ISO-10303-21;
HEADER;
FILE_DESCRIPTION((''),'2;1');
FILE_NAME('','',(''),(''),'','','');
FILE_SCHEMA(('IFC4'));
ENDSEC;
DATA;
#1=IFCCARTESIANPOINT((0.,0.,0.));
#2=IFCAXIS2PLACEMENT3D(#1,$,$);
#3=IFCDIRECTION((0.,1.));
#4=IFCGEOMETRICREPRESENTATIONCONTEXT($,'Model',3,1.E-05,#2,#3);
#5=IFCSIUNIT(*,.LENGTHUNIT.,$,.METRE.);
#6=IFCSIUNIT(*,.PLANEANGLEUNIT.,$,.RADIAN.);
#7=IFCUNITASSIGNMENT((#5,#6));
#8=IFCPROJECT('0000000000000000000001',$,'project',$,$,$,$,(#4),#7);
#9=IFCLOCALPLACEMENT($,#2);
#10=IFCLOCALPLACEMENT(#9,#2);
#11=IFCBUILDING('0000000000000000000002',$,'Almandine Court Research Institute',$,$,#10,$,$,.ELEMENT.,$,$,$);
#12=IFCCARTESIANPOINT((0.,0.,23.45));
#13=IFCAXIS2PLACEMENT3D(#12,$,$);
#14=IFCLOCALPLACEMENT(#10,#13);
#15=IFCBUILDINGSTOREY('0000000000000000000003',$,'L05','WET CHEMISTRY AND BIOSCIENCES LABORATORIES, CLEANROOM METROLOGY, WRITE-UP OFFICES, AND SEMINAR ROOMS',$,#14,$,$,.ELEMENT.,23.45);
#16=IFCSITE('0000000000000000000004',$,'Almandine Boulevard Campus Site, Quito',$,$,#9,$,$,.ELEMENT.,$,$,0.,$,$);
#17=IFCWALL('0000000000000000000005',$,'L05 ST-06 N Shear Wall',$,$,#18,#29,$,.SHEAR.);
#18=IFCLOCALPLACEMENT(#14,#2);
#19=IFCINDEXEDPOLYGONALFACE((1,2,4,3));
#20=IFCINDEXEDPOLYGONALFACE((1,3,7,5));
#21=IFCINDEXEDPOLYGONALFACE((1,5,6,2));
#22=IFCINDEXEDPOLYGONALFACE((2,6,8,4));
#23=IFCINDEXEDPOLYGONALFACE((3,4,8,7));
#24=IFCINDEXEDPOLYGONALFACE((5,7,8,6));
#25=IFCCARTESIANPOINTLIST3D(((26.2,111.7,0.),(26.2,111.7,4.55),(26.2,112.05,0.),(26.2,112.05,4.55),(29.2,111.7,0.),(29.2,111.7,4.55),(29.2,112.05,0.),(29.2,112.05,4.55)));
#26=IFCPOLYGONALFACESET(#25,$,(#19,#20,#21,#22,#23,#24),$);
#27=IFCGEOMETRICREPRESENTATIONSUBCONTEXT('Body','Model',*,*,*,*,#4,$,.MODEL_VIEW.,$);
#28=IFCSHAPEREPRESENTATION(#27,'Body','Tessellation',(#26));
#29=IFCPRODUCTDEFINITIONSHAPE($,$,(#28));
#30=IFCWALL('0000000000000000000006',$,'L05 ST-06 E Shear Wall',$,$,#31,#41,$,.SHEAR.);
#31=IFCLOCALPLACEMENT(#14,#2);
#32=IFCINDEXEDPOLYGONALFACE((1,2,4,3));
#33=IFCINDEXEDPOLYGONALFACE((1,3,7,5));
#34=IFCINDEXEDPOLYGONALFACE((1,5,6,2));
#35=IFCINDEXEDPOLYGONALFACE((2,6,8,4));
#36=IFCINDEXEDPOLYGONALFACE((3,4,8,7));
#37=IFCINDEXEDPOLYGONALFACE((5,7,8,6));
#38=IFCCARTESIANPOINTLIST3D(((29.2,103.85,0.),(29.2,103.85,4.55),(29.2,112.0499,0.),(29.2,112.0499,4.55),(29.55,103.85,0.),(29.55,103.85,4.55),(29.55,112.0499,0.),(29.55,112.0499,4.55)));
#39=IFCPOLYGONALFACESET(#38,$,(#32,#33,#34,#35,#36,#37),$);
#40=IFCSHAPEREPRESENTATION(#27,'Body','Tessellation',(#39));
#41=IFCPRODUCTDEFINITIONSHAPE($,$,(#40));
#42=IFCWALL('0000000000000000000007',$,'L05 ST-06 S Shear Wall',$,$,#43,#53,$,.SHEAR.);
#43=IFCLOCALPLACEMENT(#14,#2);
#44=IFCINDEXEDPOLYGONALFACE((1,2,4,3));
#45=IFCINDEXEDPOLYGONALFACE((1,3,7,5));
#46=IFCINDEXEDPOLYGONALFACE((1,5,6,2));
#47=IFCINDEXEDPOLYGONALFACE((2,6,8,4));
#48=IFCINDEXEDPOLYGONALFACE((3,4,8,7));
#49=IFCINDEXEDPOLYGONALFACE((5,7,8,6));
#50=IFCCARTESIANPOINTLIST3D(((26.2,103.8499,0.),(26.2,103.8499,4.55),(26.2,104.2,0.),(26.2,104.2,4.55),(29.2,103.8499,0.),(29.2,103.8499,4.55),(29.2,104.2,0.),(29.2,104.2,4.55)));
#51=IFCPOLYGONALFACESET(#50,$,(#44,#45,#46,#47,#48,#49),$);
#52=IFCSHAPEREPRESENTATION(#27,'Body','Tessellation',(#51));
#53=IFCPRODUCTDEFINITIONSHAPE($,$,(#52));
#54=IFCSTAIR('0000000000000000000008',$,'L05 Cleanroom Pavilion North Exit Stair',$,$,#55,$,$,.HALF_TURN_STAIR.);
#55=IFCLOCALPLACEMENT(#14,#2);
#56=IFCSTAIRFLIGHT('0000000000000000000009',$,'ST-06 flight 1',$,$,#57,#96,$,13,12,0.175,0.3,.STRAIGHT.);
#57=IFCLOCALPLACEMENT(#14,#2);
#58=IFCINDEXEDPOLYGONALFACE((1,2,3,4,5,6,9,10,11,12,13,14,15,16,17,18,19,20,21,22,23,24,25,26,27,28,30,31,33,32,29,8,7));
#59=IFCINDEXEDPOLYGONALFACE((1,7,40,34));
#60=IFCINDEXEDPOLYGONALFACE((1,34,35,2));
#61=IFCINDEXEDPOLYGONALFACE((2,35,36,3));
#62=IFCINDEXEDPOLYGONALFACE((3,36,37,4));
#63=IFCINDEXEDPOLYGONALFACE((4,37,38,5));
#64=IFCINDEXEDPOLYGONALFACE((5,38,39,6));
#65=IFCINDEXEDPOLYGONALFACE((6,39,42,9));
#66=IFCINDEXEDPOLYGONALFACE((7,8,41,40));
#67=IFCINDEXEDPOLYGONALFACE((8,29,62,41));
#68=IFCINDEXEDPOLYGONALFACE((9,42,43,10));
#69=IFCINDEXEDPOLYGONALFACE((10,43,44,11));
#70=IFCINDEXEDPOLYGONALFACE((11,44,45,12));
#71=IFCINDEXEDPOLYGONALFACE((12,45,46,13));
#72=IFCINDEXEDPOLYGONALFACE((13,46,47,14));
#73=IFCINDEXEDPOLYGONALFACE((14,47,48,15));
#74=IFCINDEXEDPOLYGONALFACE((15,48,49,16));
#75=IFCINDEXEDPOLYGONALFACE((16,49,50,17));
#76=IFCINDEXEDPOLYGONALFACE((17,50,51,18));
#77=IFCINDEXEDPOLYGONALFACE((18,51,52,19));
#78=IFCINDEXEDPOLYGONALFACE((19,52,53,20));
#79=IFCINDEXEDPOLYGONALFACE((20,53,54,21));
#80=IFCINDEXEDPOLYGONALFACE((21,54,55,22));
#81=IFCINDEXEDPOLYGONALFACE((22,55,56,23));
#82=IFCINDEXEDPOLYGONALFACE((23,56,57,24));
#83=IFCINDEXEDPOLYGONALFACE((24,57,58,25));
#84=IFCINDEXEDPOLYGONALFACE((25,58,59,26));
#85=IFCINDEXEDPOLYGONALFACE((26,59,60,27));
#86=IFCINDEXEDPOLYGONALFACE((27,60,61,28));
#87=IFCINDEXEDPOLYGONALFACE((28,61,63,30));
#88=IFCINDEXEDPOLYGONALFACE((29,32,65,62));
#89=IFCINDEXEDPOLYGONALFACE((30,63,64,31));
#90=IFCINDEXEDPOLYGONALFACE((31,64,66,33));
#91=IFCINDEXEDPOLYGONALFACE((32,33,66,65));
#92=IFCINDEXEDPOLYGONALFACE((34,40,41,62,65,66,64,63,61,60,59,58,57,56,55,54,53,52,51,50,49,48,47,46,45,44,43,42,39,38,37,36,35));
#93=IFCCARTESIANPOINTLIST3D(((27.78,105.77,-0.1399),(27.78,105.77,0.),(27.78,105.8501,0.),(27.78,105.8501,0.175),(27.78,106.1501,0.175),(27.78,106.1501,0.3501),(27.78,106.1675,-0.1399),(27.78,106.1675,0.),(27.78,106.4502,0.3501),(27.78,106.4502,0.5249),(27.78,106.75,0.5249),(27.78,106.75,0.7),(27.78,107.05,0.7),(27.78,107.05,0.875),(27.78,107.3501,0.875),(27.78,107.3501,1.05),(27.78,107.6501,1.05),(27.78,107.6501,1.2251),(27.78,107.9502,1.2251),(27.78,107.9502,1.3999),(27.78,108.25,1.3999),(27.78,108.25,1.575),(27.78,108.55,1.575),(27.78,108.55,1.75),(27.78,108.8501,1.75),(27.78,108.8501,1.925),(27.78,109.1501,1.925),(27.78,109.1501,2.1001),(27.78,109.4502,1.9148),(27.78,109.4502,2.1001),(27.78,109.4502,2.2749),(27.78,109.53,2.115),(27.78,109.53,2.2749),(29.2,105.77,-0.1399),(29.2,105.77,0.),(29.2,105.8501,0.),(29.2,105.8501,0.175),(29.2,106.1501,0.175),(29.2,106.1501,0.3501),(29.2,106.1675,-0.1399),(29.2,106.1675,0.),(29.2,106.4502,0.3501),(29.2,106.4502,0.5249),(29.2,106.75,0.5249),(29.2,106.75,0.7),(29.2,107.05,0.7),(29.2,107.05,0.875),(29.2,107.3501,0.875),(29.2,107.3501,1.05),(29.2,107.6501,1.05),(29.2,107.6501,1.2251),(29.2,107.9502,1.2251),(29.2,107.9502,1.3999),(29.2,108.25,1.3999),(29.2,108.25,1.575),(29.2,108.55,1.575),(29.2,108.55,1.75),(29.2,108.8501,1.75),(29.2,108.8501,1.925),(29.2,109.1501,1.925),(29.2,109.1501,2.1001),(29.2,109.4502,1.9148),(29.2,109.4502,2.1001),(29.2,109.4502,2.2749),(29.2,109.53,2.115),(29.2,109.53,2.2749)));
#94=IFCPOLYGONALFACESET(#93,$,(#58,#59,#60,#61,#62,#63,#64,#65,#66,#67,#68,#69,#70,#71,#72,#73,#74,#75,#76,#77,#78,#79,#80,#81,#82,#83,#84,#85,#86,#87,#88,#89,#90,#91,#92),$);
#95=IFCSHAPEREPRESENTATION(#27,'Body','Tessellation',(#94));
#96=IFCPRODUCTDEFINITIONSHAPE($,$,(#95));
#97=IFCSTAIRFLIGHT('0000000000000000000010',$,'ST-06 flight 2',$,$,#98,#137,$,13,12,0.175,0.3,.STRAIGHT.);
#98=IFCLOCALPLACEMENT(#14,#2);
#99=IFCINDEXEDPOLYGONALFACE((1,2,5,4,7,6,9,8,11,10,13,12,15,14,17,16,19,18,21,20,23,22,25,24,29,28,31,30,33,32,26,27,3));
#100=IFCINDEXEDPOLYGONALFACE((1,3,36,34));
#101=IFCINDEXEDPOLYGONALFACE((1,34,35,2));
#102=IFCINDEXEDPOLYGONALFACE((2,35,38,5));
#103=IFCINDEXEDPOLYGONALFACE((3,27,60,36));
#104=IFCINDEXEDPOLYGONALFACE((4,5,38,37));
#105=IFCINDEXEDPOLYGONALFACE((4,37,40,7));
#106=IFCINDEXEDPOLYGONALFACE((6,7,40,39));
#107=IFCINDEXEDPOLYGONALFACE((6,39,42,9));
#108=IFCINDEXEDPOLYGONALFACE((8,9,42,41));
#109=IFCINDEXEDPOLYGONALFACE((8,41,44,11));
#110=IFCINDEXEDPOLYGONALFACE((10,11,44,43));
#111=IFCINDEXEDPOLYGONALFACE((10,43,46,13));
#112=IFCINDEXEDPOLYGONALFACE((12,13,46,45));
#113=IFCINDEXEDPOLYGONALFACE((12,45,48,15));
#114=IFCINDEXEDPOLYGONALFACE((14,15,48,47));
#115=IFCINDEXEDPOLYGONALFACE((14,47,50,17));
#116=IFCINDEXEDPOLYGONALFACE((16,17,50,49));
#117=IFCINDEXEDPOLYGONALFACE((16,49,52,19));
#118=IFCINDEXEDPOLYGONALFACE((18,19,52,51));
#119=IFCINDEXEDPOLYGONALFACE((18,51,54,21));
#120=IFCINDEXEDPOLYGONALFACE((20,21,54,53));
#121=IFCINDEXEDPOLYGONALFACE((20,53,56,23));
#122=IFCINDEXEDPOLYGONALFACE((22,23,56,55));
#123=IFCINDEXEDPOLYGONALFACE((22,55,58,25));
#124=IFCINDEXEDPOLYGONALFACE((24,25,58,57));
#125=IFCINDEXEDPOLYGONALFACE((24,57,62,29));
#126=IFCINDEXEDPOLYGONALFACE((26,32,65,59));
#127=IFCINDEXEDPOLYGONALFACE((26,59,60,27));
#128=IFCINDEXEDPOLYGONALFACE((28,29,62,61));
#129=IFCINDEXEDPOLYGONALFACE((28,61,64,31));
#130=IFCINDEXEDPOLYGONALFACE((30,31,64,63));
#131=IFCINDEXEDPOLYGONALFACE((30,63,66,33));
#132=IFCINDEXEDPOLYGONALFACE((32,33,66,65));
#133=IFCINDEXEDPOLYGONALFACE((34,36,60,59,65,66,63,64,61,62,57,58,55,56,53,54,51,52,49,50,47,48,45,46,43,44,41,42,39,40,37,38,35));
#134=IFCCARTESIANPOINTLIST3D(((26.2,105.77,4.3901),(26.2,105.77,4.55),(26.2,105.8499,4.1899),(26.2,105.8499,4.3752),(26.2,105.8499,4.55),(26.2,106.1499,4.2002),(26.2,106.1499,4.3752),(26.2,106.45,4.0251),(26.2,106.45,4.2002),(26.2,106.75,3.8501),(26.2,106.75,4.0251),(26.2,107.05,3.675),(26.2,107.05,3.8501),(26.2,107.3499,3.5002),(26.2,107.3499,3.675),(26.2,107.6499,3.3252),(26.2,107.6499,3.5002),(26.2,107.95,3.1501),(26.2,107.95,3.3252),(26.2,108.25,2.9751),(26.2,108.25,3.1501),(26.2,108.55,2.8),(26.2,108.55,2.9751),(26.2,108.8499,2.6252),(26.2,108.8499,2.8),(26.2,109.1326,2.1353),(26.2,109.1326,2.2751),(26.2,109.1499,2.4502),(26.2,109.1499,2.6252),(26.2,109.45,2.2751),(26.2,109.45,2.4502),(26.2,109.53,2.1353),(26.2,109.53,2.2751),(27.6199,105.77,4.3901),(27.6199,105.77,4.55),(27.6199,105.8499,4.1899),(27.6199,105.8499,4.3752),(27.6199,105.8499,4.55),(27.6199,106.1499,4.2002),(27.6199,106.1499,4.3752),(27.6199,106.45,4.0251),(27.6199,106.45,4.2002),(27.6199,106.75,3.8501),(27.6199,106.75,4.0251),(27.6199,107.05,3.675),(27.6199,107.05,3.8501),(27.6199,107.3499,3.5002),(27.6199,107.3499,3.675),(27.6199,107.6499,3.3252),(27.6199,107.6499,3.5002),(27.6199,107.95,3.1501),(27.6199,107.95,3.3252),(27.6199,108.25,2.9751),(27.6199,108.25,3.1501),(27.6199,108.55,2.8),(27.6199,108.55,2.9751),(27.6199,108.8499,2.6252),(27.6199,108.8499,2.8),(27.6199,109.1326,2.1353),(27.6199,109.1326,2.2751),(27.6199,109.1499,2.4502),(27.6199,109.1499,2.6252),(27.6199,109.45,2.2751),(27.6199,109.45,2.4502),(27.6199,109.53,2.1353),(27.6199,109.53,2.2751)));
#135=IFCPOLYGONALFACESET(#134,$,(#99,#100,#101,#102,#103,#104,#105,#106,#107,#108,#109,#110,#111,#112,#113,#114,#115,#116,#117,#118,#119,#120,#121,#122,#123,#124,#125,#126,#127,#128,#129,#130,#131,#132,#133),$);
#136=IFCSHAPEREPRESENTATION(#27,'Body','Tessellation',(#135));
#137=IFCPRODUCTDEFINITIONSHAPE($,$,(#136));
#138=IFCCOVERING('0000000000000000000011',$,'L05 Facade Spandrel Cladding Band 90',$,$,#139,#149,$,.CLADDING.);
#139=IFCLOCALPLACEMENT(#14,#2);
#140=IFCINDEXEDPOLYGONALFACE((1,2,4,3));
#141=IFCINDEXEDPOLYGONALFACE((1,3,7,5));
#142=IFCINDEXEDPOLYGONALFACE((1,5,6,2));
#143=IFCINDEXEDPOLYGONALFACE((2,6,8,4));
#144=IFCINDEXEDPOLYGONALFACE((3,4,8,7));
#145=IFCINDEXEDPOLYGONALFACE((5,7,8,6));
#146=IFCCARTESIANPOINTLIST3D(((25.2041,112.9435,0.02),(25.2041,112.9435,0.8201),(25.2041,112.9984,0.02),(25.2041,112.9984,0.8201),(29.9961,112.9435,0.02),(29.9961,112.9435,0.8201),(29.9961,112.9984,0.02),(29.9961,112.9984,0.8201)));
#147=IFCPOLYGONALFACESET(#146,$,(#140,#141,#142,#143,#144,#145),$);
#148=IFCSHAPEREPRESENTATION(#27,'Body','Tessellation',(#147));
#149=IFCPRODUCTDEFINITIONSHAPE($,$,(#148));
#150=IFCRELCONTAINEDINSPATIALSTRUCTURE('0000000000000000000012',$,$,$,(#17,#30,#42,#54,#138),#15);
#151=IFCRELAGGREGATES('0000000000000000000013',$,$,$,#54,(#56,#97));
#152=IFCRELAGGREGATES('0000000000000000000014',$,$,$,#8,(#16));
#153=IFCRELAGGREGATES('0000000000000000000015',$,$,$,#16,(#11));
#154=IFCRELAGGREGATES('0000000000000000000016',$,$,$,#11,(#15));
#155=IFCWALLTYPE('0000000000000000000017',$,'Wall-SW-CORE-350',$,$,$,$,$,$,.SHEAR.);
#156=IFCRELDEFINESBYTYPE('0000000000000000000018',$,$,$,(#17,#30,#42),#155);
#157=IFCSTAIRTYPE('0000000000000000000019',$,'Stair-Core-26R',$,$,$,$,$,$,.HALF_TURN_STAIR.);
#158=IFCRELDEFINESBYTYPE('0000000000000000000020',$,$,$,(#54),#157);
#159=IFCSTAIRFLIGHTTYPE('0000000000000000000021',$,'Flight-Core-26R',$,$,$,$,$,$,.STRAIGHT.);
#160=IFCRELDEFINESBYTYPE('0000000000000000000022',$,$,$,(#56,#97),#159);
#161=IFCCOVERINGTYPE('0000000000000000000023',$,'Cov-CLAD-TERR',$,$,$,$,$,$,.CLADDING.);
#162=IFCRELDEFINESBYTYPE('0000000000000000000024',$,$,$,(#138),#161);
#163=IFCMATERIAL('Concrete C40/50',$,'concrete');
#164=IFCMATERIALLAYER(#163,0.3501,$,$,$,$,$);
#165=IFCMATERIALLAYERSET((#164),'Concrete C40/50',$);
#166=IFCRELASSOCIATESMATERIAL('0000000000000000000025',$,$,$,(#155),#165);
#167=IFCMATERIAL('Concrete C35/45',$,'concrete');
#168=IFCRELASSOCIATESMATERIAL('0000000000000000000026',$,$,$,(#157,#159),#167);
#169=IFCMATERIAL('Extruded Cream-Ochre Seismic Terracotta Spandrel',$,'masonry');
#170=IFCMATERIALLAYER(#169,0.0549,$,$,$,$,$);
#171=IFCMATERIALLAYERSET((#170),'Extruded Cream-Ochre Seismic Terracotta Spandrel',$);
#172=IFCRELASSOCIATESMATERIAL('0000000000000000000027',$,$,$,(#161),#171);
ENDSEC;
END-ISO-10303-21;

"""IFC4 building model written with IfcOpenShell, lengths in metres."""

from ifc_helpers import new_model, si_unit, direction, frame, frame_2d, origin, origin_2d, place, context, subcontext, project, spatial, polyline, rectangle, outline, extrude, material, layer, layer_set, type_object, element, aggregate, save


model = new_model("IFC4")

# Units and contexts
model_context = context("Model", 3, precision=1e-05, world=origin(), true_north=direction((0.0, 1.0)))
body_context = subcontext(model_context, "Body", "Model", "MODEL_VIEW")
ifc_project = project(units=[si_unit("LENGTHUNIT", "METRE"), si_unit("PLANEANGLEUNIT", "RADIAN")], contexts=[model_context])

# Site, building, storey
site_placement = place(None, origin())
site = spatial("IfcSite", under=ifc_project, at=site_placement, Name="Almandine Boulevard Campus Site, Quito", CompositionType="ELEMENT", RefElevation=0.0)
building_placement = place(site_placement, origin())
building = spatial("IfcBuilding", under=site, at=building_placement, Name="Almandine Court Research Institute", CompositionType="ELEMENT")
storey_placement = place(building_placement, frame((0.0, 0.0, 23.45)))
storey = spatial("IfcBuildingStorey", under=building, at=storey_placement, Name="L05", Description="WET CHEMISTRY AND BIOSCIENCES LABORATORIES, CLEANROOM METROLOGY, WRITE-UP OFFICES, AND SEMINAR ROOMS", CompositionType="ELEMENT", Elevation=23.45)

# Walls
ifc_material_1 = material(Name="Concrete C40/50", Category="concrete")
ifc_layer_1 = layer(ifc_material_1, 0.3501)
ifc_layer_set_1 = layer_set([ifc_layer_1], Name="Concrete C40/50")
wall_type_1 = type_object("IfcWallType", Name="Wall-SW-CORE-350", PredefinedType="SHEAR", material=ifc_layer_set_1)
wall_1_placement = place(storey_placement, frame((26.2, 111.875, 0.0), z_axis=(0.0, 0.0, 1.0), x_axis=(1.0, 0.0, 0.0)))
element("IfcWall", 1, at=wall_1_placement, inside=storey, type_object=wall_type_1, Name="L05 ST-06 N Shear Wall", PredefinedType="SHEAR", context=body_context, shape_type="SweptSolid", body=[
    extrude(rectangle(XDim=3.0, YDim=0.3501, at=frame_2d((1.5, 0.0))), origin(), (0.0, 0.0, 1.0), 4.55),
])
wall_2_placement = place(storey_placement, frame((29.375, 112.05, 0.0), z_axis=(0.0, 0.0, 1.0), x_axis=(0.0, -1.0, 0.0)))
element("IfcWall", 2, at=wall_2_placement, inside=storey, type_object=wall_type_1, Name="L05 ST-06 E Shear Wall", PredefinedType="SHEAR", context=body_context, shape_type="SweptSolid", body=[
    extrude(rectangle(XDim=8.2, YDim=0.3501, at=frame_2d((4.1001, 0.0))), origin(), (0.0, 0.0, 1.0), 4.55),
])
wall_3_placement = place(storey_placement, frame((29.2, 104.0249, 0.0), z_axis=(0.0, 0.0, 1.0), x_axis=(-1.0, 0.0, 0.0)))
element("IfcWall", 3, at=wall_3_placement, inside=storey, type_object=wall_type_1, Name="L05 ST-06 S Shear Wall", PredefinedType="SHEAR", context=body_context, shape_type="SweptSolid", body=[
    extrude(rectangle(XDim=3.0, YDim=0.3501, at=frame_2d((1.5, 0.0))), origin(), (0.0, 0.0, 1.0), 4.55),
])

# Stair, stair flights
ifc_material_2 = material(Name="Concrete C35/45", Category="concrete")
stair_type = type_object("IfcStairType", Name="Stair-Core-26R", PredefinedType="HALF_TURN_STAIR", material=ifc_material_2)
stair_placement = place(storey_placement, origin())
stair = element("IfcStair", 4, at=stair_placement, inside=storey, type_object=stair_type, Name="L05 Cleanroom Pavilion North Exit Stair", PredefinedType="HALF_TURN_STAIR")
stair_flight_type = type_object("IfcStairFlightType", Name="Flight-Core-26R", PredefinedType="STRAIGHT", material=ifc_material_2)
stair_flight_1_placement = place(storey_placement, frame((28.49, 105.8501, 0.0), z_axis=(0.0, 0.0, 1.0), x_axis=(0.0, 1.0, 0.0)))
stair_flight_1 = element("IfcStairFlight", 5, at=stair_flight_1_placement, type_object=stair_flight_type, Name="ST-06 flight 1", NumberOfRisers=13, NumberOfTreads=12, PredefinedType="STRAIGHT", RiserHeight=0.175, TreadLength=0.3, context=body_context, shape_type="SweptSolid", body=[
    extrude(outline(polyline([(-0.0801, -0.1399), (-0.0801, 0.0), (0.0, 0.0), (0.0, 0.175), (0.3, 0.175), (0.3, 0.3501), (0.6001, 0.3501), (0.6001, 0.5249), (0.8999, 0.5249), (0.8999, 0.7), (1.2, 0.7), (1.2, 0.875), (1.5, 0.875), (1.5, 1.05), (1.8, 1.05), (1.8, 1.2251), (2.1001, 1.2251), (2.1001, 1.3999), (2.3999, 1.3999), (2.3999, 1.575), (2.7, 1.575), (2.7, 1.75), (3.0, 1.75), (3.0, 1.925), (3.3, 1.925), (3.3, 2.1001), (3.6001, 2.1001), (3.6001, 2.2749), (3.6799, 2.2749), (3.6799, 2.115), (3.6001, 1.9148), (0.3174, 0.0), (0.3174, -0.1399), (-0.0801, -0.1399)])), frame((0.0, 0.71, 0.0), z_axis=(0.0, -1.0, 0.0), x_axis=(1.0, 0.0, 0.0)), (0.0, 0.0, 1.0), 1.4199),
])
stair_flight_2_placement = place(storey_placement, frame((26.9099, 109.45, 2.2751), z_axis=(0.0, 0.0, 1.0), x_axis=(0.0, -1.0, 0.0)))
stair_flight_2 = element("IfcStairFlight", 6, at=stair_flight_2_placement, type_object=stair_flight_type, Name="ST-06 flight 2", NumberOfRisers=13, NumberOfTreads=12, PredefinedType="STRAIGHT", RiserHeight=0.175, TreadLength=0.3, context=body_context, shape_type="SweptSolid", body=[
    extrude(outline(polyline([(-0.0801, -0.1399), (-0.0801, 0.0), (0.0, 0.0), (0.0, 0.175), (0.3, 0.175), (0.3, 0.3501), (0.6001, 0.3501), (0.6001, 0.5249), (0.8999, 0.5249), (0.8999, 0.7), (1.2, 0.7), (1.2, 0.875), (1.5, 0.875), (1.5, 1.05), (1.8, 1.05), (1.8, 1.2251), (2.1001, 1.2251), (2.1001, 1.3999), (2.3999, 1.3999), (2.3999, 1.575), (2.7, 1.575), (2.7, 1.75), (3.0, 1.75), (3.0, 1.925), (3.3, 1.925), (3.3, 2.1001), (3.6001, 2.1001), (3.6001, 2.2749), (3.6799, 2.2749), (3.6799, 2.115), (3.6001, 1.9148), (0.3174, 0.0), (0.3174, -0.1399), (-0.0801, -0.1399)])), frame((0.0, 0.71, 0.0), z_axis=(0.0, -1.0, 0.0), x_axis=(1.0, 0.0, 0.0)), (0.0, 0.0, 1.0), 1.4199),
])
aggregate(stair, [stair_flight_1, stair_flight_2])

# Covering
ifc_material_3 = material(Name="Extruded Cream-Ochre Seismic Terracotta Spandrel", Category="masonry")
ifc_layer_2 = layer(ifc_material_3, 0.0549)
ifc_layer_set_2 = layer_set([ifc_layer_2], Name="Extruded Cream-Ochre Seismic Terracotta Spandrel")
covering_type = type_object("IfcCoveringType", Name="Cov-CLAD-TERR", PredefinedType="CLADDING", material=ifc_layer_set_2)
covering_placement = place(storey_placement, frame((27.6001, 112.9709, 0.02), z_axis=(0.0, 0.0, 1.0), x_axis=(1.0, 0.0, 0.0)))
element("IfcCovering", 7, at=covering_placement, inside=storey, type_object=covering_type, Name="L05 Facade Spandrel Cladding Band 90", PredefinedType="CLADDING", context=body_context, shape_type="SweptSolid", body=[
    extrude(rectangle(XDim=4.792, YDim=0.0549, at=origin_2d()), origin(), (0.0, 0.0, 1.0), 0.8),
])

save(model, "model.ifc")
